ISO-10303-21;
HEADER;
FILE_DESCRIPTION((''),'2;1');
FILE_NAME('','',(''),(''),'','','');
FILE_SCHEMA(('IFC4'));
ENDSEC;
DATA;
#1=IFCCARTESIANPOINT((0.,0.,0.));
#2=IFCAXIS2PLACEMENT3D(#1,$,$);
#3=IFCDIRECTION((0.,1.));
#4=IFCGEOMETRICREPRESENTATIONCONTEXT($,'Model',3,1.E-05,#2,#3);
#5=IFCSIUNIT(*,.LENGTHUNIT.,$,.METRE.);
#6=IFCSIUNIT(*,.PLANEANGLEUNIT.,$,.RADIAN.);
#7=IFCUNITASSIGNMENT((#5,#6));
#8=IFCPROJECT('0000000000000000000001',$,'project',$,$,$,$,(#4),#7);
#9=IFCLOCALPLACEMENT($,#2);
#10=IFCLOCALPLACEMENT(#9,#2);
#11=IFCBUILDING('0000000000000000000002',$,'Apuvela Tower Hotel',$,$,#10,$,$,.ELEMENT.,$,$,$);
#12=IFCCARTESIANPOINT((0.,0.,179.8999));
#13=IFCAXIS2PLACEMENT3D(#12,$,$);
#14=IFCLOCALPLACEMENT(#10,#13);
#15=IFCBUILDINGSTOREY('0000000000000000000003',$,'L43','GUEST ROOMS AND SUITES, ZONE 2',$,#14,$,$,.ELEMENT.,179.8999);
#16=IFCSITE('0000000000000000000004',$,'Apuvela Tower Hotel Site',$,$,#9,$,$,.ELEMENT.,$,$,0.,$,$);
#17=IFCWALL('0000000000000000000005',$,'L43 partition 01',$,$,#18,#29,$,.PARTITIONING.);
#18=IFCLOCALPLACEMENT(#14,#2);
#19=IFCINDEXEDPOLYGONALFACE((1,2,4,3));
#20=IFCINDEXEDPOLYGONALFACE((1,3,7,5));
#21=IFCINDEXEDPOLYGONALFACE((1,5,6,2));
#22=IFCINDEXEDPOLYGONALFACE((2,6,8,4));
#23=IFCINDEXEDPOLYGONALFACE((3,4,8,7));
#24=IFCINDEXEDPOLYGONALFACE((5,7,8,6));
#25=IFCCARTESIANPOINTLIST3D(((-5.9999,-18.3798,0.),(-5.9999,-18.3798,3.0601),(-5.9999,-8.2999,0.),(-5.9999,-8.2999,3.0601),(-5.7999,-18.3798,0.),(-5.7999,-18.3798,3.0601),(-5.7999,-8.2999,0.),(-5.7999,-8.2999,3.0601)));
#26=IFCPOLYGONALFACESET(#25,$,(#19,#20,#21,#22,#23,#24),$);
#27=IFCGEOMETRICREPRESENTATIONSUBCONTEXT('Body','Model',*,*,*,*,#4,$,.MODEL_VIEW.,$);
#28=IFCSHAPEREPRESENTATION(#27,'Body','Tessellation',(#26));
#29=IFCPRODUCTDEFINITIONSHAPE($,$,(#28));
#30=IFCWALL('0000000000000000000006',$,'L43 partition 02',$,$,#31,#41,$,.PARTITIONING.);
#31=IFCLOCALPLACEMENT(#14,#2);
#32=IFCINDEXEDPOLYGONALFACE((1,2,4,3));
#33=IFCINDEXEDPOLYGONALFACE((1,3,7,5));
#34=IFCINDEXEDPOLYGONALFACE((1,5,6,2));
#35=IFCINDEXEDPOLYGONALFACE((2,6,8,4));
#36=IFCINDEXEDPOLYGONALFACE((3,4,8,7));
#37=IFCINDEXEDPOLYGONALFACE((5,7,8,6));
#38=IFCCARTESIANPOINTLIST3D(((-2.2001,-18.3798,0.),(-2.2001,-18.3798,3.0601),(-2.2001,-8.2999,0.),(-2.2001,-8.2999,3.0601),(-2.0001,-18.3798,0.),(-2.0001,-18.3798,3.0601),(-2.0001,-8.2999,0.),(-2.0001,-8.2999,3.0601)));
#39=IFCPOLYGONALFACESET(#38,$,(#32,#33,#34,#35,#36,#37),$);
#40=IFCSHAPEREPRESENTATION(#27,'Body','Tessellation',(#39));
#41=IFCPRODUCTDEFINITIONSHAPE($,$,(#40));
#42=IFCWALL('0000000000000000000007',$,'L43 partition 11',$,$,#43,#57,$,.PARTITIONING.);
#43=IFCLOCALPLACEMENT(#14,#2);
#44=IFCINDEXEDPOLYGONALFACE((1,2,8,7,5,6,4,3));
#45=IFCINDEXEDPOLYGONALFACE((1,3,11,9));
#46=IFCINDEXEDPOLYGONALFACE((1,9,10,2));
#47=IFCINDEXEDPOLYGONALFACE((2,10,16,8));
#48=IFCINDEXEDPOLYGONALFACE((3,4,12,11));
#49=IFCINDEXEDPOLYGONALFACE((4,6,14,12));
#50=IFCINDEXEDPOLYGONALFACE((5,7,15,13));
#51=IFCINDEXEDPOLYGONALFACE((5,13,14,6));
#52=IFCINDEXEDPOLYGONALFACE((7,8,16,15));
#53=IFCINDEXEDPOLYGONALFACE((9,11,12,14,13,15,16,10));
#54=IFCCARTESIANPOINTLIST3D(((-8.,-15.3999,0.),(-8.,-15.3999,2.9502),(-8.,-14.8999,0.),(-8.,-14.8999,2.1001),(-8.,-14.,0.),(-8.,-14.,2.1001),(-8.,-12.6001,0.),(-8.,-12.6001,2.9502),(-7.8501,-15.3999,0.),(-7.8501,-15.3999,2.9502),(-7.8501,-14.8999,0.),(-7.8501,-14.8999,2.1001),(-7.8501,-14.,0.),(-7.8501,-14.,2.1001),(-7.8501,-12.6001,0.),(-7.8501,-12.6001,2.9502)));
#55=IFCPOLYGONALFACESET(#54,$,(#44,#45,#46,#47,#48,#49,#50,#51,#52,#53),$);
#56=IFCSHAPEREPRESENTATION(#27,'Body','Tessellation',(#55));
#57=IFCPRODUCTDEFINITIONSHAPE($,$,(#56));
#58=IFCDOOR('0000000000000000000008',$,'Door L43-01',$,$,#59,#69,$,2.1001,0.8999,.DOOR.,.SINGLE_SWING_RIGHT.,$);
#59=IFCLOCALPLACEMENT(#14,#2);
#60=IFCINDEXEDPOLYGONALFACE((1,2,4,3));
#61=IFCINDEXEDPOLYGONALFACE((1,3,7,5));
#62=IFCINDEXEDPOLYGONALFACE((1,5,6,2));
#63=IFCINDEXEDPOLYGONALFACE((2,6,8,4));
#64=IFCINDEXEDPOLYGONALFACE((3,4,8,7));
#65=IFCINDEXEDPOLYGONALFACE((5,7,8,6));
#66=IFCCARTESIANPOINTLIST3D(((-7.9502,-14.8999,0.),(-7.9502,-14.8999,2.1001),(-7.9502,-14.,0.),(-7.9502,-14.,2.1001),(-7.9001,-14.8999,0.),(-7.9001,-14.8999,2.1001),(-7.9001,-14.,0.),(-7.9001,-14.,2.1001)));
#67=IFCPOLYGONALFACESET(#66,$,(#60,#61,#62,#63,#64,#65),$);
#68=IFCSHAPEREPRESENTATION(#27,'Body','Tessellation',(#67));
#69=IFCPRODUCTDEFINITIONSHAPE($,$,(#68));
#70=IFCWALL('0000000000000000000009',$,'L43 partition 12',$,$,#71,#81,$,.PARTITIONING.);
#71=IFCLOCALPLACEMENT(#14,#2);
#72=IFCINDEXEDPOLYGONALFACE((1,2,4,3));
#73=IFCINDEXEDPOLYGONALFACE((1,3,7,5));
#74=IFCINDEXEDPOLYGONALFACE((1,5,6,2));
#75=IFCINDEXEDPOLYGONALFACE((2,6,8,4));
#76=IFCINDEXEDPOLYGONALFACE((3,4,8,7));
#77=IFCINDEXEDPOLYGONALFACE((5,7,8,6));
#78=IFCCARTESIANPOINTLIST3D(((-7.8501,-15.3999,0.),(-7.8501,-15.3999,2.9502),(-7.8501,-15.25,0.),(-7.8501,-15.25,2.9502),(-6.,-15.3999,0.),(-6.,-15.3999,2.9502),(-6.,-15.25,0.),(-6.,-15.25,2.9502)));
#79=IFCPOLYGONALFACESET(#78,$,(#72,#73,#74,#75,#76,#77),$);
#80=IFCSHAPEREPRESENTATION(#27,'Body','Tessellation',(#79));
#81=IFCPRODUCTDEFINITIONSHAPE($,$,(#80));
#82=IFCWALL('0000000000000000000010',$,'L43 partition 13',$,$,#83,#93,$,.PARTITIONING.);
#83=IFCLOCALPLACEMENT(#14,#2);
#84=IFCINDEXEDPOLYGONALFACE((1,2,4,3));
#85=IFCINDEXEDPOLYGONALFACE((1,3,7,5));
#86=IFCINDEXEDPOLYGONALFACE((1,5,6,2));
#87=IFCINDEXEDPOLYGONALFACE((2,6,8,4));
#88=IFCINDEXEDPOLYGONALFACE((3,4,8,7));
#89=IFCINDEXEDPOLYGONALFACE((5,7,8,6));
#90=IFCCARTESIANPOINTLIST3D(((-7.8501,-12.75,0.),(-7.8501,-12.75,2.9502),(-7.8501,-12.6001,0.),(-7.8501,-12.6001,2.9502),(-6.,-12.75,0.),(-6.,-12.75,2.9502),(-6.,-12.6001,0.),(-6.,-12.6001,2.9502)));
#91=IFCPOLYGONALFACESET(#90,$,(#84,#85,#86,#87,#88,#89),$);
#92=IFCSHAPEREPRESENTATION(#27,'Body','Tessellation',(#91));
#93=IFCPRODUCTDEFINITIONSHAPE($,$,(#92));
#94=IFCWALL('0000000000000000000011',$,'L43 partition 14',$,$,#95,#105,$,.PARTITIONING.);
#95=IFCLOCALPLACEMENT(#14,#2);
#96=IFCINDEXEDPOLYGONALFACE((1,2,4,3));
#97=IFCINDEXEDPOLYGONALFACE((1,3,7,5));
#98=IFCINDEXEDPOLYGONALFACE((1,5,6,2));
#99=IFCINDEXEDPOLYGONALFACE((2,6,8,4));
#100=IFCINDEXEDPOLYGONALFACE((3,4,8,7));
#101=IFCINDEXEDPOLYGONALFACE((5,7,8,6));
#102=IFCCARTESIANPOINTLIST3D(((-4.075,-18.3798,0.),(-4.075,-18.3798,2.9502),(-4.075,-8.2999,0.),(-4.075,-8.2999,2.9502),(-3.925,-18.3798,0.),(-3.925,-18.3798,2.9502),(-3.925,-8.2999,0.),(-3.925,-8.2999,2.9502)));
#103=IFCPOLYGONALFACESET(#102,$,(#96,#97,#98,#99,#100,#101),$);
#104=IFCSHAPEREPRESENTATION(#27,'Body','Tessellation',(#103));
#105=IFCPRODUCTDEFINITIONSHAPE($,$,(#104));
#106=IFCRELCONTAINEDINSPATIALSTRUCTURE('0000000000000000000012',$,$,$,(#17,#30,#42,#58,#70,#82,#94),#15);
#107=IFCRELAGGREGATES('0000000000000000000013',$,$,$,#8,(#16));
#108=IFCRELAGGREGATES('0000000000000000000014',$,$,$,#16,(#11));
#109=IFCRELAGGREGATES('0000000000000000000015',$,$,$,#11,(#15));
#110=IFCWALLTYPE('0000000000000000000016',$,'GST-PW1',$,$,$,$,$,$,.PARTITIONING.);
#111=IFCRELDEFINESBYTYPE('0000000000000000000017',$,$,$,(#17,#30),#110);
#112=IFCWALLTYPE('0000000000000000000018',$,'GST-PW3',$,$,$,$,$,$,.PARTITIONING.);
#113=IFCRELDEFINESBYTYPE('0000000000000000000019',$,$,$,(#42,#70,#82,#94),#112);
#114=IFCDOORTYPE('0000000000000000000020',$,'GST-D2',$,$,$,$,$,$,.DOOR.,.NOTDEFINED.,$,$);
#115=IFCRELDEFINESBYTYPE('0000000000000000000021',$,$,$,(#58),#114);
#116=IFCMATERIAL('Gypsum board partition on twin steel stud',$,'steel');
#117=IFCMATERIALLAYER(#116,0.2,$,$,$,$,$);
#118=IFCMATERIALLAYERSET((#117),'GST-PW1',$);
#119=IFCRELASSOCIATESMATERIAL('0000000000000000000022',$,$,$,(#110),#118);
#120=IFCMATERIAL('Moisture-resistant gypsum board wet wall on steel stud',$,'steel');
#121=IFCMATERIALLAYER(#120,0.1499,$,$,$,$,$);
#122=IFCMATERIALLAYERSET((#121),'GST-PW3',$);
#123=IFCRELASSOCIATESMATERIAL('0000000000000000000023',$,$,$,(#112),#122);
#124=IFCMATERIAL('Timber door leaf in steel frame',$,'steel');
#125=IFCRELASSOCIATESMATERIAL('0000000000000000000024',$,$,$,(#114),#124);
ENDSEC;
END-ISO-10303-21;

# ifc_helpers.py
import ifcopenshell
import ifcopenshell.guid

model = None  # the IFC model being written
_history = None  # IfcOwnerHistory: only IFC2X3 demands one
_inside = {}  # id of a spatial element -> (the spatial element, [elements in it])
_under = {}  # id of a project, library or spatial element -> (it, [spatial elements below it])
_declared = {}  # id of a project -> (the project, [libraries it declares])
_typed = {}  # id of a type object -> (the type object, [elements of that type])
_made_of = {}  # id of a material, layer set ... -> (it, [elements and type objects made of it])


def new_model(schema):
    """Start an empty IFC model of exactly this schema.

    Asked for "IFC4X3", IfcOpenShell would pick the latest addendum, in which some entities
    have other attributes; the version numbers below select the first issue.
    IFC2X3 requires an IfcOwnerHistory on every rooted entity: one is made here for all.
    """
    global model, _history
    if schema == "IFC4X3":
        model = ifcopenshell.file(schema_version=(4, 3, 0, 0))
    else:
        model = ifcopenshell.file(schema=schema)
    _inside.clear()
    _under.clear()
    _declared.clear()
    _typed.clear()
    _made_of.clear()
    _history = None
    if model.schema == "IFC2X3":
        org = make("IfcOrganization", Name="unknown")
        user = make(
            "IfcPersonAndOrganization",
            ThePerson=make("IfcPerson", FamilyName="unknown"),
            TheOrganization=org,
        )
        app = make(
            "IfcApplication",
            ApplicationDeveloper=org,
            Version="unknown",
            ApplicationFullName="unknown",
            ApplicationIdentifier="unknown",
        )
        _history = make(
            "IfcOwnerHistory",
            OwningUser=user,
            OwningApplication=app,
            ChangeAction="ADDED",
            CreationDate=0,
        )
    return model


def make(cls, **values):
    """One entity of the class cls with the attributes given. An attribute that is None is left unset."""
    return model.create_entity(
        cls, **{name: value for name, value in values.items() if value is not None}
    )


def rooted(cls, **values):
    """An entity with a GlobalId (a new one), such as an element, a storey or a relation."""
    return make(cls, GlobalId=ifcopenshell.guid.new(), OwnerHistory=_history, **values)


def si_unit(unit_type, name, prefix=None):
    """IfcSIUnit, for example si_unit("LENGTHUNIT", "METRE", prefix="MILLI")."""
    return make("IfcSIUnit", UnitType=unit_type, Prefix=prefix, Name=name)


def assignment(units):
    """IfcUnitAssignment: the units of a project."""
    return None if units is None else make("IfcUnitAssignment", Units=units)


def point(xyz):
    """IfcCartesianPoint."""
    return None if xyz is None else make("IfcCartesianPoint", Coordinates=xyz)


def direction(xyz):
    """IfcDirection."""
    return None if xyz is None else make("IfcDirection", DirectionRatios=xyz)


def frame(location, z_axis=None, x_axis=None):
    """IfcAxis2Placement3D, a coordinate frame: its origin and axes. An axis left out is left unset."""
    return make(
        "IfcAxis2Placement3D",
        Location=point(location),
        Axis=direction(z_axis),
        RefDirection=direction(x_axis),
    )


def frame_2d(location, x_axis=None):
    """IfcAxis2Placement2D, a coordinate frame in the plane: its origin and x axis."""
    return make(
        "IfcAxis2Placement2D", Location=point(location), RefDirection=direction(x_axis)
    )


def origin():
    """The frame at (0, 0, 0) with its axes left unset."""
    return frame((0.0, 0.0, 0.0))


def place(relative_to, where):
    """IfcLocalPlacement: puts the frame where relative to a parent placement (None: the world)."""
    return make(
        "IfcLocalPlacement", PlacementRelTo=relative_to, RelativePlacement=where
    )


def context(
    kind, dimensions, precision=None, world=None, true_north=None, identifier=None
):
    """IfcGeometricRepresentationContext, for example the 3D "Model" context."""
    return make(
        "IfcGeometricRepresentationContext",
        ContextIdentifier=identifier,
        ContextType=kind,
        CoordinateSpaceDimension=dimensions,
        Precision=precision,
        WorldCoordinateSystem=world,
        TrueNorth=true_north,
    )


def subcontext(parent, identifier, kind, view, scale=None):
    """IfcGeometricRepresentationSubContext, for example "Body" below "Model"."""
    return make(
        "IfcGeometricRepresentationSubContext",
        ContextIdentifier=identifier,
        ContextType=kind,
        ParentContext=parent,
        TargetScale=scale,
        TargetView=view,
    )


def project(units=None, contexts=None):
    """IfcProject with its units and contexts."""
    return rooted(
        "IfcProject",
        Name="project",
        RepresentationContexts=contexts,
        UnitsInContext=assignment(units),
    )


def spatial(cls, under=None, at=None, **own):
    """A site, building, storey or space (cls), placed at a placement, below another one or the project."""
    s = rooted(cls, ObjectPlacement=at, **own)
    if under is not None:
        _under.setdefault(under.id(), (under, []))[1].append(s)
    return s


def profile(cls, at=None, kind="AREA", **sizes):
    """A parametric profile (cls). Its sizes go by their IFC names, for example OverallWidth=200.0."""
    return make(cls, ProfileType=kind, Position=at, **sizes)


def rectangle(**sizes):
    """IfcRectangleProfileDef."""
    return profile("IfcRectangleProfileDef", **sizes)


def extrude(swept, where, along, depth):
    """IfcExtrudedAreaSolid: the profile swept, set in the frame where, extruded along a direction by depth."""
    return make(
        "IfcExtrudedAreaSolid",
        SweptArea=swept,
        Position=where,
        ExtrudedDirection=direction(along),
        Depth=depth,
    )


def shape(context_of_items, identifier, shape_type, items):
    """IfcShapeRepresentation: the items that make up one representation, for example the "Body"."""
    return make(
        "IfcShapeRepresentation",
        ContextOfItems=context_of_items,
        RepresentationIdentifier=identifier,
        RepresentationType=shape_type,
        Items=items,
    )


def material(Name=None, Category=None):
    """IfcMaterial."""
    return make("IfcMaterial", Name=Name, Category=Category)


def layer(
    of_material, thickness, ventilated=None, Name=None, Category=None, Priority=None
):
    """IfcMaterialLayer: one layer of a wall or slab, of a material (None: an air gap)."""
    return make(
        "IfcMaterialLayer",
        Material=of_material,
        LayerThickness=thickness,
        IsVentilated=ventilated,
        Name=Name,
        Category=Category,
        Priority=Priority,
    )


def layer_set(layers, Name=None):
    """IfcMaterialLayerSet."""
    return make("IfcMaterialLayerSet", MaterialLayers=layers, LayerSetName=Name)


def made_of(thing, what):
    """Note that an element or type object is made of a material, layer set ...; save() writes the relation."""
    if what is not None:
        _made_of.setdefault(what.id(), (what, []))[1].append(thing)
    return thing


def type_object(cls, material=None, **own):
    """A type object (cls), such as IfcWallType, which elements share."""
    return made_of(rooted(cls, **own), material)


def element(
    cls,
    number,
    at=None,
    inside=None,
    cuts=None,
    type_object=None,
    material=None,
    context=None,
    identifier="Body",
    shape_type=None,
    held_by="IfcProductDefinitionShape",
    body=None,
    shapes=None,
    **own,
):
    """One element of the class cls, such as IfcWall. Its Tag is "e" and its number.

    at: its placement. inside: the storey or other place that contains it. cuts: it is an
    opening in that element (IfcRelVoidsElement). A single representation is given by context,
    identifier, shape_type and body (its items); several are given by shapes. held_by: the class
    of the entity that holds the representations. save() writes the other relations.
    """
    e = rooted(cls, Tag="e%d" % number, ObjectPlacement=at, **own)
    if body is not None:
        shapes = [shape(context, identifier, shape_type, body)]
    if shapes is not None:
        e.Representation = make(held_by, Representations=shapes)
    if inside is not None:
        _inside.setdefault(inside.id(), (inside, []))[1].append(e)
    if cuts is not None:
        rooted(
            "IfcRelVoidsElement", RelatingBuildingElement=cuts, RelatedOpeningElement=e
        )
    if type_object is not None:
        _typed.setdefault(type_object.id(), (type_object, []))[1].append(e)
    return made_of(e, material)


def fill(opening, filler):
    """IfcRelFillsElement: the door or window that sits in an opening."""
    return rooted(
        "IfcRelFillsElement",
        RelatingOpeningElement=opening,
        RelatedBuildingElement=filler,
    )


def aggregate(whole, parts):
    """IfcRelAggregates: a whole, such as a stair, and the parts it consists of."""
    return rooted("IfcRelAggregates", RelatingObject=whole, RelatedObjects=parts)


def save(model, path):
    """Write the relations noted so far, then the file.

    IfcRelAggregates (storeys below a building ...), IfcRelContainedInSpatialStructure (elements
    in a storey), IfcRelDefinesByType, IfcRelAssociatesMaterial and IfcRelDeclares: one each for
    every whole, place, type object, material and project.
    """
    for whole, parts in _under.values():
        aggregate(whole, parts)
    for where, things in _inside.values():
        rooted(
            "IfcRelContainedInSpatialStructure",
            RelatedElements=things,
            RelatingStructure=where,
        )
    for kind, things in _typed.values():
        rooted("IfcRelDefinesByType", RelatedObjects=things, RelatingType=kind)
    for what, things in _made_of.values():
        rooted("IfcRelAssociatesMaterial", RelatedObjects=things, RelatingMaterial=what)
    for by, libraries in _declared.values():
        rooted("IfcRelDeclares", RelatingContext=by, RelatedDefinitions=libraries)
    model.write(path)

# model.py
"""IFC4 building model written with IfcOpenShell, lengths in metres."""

from ifc_helpers import new_model, si_unit, direction, frame, frame_2d, origin, place, context, subcontext, project, spatial, rectangle, extrude, material, layer, layer_set, type_object, element, fill, save


model = new_model("IFC4")

# Units and contexts
model_context = context("Model", 3, precision=1e-05, world=origin(), true_north=direction((0.0, 1.0)))
body_context = subcontext(model_context, "Body", "Model", "MODEL_VIEW")
ifc_project = project(units=[si_unit("LENGTHUNIT", "METRE"), si_unit("PLANEANGLEUNIT", "RADIAN")], contexts=[model_context])

# Site, building, storey
site_placement = place(None, origin())
site = spatial("IfcSite", under=ifc_project, at=site_placement, Name="Apuvela Tower Hotel Site", CompositionType="ELEMENT", RefElevation=0.0)
building_placement = place(site_placement, origin())
building = spatial("IfcBuilding", under=site, at=building_placement, Name="Apuvela Tower Hotel", CompositionType="ELEMENT")
storey_placement = place(building_placement, frame((0.0, 0.0, 179.8999)))
storey = spatial("IfcBuildingStorey", under=building, at=storey_placement, Name="L43", Description="GUEST ROOMS AND SUITES, ZONE 2", CompositionType="ELEMENT", Elevation=179.8999)

# Walls
ifc_material_1 = material(Name="Gypsum board partition on twin steel stud", Category="steel")
ifc_layer_1 = layer(ifc_material_1, 0.2)
ifc_layer_set_1 = layer_set([ifc_layer_1], Name="GST-PW1")
wall_type_1 = type_object("IfcWallType", Name="GST-PW1", PredefinedType="PARTITIONING", material=ifc_layer_set_1)
for number, where, z_axis, x_axis, name in (
    (1, (-5.8999, -18.3799, 0.0), (0.0, 0.0, 1.0), (0.0, 1.0, 0.0), "L43 partition 01"),
    (2, (-2.1001, -18.3799, 0.0), (0.0, 0.0, 1.0), (0.0, 1.0, 0.0), "L43 partition 02"),
):
    element("IfcWall", number, at=place(storey_placement, frame(where, z_axis=z_axis, x_axis=x_axis)), inside=storey, type_object=wall_type_1, Name=name, PredefinedType="PARTITIONING", context=body_context, shape_type="SweptSolid", body=[
        extrude(rectangle(XDim=10.0798, YDim=0.2, at=frame_2d((5.04, 0.0))), origin(), (0.0, 0.0, 1.0), 3.0601),
    ])

# Wall, opening, door
ifc_material_2 = material(Name="Moisture-resistant gypsum board wet wall on steel stud", Category="steel")
ifc_layer_2 = layer(ifc_material_2, 0.1499)
ifc_layer_set_2 = layer_set([ifc_layer_2], Name="GST-PW3")
wall_type_2 = type_object("IfcWallType", Name="GST-PW3", PredefinedType="PARTITIONING", material=ifc_layer_set_2)
wall_1_placement = place(storey_placement, frame((-7.925, -12.6001, 0.0), z_axis=(0.0, 0.0, 1.0), x_axis=(0.0, -1.0, 0.0)))
wall_1 = element("IfcWall", 3, at=wall_1_placement, inside=storey, type_object=wall_type_2, Name="L43 partition 11", PredefinedType="PARTITIONING", context=body_context, shape_type="SweptSolid", body=[
    extrude(rectangle(XDim=2.7998, YDim=0.1499, at=frame_2d((1.3999, 0.0))), origin(), (0.0, 0.0, 1.0), 2.9502),
])
opening_1_placement = place(wall_1_placement, frame((1.3999, 0.0, 0.0)))
opening_1 = element("IfcOpeningElement", 4, at=opening_1_placement, cuts=wall_1, PredefinedType="OPENING", context=body_context, shape_type="SweptSolid", body=[
    extrude(rectangle(XDim=0.8999, YDim=2.1001, at=frame_2d((0.45, 1.05))), frame((0.0, 0.085, 0.0), z_axis=(0.0, -1.0, 0.0), x_axis=(1.0, 0.0, 0.0)), (0.0, 0.0, 1.0), 0.1699),
])
ifc_material_3 = material(Name="Timber door leaf in steel frame", Category="steel")
door_type_1 = type_object("IfcDoorType", Name="GST-D2", OperationType="NOTDEFINED", PredefinedType="DOOR", material=ifc_material_3)
door_1_placement = place(opening_1_placement, origin())
door_1 = element("IfcDoor", 5, at=door_1_placement, inside=storey, type_object=door_type_1, Name="Door L43-01", OperationType="SINGLE_SWING_RIGHT", OverallHeight=2.1001, OverallWidth=0.8999, PredefinedType="DOOR", context=body_context, shape_type="SweptSolid", body=[
    extrude(rectangle(XDim=0.8999, YDim=2.1001, at=frame_2d((0.45, 1.05))), frame((0.0, 0.0249, 0.0), z_axis=(0.0, -1.0, 0.0), x_axis=(1.0, 0.0, 0.0)), (0.0, 0.0, 1.0), 0.05),
])
fill(opening_1, door_1)

# Walls
for number, where, z_axis, x_axis, name in (
    (6, (-7.8501, -15.325, 0.0), (0.0, 0.0, 1.0), (1.0, 0.0, 0.0), "L43 partition 12"),
    (7, (-7.8501, -12.675, 0.0), (0.0, 0.0, 1.0), (1.0, 0.0, 0.0), "L43 partition 13"),
):
    element("IfcWall", number, at=place(storey_placement, frame(where, z_axis=z_axis, x_axis=x_axis)), inside=storey, type_object=wall_type_2, Name=name, PredefinedType="PARTITIONING", context=body_context, shape_type="SweptSolid", body=[
        extrude(rectangle(XDim=1.8501, YDim=0.1499, at=frame_2d((0.925, 0.0))), origin(), (0.0, 0.0, 1.0), 2.9502),
    ])
wall_2_placement = place(storey_placement, frame((-4.0, -18.3799, 0.0), z_axis=(0.0, 0.0, 1.0), x_axis=(0.0, 1.0, 0.0)))
element("IfcWall", 8, at=wall_2_placement, inside=storey, type_object=wall_type_2, Name="L43 partition 14", PredefinedType="PARTITIONING", context=body_context, shape_type="SweptSolid", body=[
    extrude(rectangle(XDim=10.0798, YDim=0.1499, at=frame_2d((5.04, 0.0))), origin(), (0.0, 0.0, 1.0), 2.9502),
])

save(model, "model.ifc")
